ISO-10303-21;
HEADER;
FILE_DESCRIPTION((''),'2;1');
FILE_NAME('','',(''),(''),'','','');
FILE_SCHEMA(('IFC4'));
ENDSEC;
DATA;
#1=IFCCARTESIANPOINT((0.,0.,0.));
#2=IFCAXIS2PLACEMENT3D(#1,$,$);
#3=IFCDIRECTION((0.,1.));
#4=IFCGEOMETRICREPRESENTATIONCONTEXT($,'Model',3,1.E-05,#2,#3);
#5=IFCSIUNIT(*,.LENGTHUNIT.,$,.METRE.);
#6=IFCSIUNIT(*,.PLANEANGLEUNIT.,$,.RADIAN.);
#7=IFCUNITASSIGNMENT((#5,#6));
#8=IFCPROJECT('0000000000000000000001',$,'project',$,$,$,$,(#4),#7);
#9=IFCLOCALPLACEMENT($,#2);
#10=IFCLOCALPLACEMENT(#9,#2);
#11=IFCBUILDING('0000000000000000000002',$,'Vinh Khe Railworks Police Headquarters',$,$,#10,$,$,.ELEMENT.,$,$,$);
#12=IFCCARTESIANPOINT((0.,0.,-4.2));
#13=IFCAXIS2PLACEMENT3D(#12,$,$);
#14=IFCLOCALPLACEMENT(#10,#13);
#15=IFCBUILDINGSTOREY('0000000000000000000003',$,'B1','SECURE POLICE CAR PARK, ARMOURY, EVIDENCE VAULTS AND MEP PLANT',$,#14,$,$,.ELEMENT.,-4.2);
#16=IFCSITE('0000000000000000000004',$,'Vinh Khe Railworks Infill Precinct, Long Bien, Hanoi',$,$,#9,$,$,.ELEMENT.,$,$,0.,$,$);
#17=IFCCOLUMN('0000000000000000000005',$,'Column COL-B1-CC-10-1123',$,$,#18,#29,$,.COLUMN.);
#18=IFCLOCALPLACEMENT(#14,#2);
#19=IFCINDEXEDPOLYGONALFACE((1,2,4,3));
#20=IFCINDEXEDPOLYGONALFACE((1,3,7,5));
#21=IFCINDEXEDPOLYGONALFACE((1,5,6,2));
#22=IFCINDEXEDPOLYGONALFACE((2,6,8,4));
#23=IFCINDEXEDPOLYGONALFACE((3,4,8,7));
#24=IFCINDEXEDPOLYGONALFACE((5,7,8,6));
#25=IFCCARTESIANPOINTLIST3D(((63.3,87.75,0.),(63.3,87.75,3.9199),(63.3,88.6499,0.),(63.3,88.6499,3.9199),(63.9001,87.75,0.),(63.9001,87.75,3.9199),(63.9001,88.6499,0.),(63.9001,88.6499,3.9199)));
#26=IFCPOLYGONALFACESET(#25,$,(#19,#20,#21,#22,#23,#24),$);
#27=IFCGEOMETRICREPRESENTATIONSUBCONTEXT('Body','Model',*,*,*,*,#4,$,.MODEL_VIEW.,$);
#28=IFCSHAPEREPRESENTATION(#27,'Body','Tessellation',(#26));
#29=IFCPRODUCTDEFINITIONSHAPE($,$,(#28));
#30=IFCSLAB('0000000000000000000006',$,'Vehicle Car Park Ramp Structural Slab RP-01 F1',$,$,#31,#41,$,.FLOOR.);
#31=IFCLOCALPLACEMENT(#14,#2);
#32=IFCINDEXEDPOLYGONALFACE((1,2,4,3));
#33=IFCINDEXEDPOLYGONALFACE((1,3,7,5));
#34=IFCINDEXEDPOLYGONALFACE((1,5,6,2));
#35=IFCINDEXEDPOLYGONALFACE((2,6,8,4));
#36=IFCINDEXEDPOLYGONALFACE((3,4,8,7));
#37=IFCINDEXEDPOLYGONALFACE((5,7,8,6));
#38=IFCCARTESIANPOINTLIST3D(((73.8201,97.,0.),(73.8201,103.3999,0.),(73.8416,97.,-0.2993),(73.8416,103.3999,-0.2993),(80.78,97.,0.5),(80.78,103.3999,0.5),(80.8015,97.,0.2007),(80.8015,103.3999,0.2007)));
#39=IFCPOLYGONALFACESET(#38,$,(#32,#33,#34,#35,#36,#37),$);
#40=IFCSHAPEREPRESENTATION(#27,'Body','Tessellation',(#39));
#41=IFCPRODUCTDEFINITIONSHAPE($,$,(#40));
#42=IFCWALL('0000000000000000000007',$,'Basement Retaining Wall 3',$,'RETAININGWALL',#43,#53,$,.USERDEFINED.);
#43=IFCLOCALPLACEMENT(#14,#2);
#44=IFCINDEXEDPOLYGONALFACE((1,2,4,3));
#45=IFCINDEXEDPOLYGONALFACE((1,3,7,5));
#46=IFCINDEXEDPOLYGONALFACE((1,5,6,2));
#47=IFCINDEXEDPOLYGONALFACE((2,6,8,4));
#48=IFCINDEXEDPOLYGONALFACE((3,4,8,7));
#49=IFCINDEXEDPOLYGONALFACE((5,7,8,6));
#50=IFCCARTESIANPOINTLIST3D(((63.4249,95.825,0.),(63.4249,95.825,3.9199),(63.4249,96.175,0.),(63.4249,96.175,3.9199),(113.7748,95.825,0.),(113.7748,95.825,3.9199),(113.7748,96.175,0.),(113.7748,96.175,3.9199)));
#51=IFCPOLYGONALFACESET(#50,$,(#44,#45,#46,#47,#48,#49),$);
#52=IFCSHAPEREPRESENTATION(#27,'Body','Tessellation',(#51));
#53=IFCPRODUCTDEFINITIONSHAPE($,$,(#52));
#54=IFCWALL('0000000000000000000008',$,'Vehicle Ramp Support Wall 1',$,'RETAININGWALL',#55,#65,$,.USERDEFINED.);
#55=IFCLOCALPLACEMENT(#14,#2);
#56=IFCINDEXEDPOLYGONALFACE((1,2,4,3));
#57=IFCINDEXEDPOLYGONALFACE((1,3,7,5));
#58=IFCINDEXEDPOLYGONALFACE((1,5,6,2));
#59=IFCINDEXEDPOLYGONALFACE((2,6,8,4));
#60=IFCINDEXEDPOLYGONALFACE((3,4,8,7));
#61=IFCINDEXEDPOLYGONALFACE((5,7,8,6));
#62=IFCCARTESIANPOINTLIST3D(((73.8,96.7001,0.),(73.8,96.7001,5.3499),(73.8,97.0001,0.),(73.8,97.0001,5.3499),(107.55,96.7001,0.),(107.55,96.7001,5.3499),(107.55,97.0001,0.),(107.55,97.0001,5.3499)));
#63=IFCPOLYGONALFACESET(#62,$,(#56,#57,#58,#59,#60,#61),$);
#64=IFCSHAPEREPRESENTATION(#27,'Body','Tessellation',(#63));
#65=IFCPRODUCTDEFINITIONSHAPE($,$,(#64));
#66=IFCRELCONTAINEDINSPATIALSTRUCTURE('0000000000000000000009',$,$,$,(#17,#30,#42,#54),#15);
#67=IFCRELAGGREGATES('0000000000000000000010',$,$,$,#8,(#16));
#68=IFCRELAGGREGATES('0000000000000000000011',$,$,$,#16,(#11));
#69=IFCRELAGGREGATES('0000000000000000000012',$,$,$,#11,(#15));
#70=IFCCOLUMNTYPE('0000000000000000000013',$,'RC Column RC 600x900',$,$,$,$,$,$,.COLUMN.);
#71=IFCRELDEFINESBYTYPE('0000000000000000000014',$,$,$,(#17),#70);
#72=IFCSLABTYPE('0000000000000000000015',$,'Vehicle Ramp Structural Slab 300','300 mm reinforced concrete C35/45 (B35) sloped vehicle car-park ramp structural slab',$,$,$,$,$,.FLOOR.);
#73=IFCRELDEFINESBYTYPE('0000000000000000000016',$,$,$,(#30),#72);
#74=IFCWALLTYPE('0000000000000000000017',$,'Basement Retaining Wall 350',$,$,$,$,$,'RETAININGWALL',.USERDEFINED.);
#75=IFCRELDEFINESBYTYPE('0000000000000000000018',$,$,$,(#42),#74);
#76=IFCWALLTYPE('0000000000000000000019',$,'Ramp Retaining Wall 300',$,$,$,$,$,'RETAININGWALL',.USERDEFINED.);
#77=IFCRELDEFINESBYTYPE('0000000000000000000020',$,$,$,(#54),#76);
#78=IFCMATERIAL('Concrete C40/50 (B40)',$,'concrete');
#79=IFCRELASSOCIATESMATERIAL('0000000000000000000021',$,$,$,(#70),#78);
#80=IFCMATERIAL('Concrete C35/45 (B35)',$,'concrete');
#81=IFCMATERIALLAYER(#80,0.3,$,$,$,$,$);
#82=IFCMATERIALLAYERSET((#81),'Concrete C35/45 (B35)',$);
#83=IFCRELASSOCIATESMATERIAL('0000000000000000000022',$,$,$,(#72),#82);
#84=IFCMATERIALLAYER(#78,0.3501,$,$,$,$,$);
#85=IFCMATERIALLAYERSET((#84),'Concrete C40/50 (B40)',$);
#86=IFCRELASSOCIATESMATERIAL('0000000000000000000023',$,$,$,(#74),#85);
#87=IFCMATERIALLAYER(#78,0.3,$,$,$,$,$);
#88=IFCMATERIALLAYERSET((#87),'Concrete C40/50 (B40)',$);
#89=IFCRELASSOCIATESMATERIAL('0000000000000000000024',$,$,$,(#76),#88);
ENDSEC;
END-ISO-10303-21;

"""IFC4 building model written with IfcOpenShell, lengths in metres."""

from ifc_helpers import new_model, si_unit, direction, frame, frame_2d, origin, origin_2d, place, context, subcontext, project, spatial, polyline, rectangle, outline, extrude, material, layer, layer_set, material_profile, profile_set, type_object, element, save


model = new_model("IFC4")

# Units and contexts
model_context = context("Model", 3, precision=1e-05, world=origin(), true_north=direction((0.0, 1.0)))
body_context = subcontext(model_context, "Body", "Model", "MODEL_VIEW")
ifc_project = project(units=[si_unit("LENGTHUNIT", "METRE"), si_unit("PLANEANGLEUNIT", "RADIAN")], contexts=[model_context])

# Site, building, storey
site_placement = place(None, origin())
site = spatial("IfcSite", under=ifc_project, at=site_placement, Name="Vinh Khe Railworks Infill Precinct, Long Bien, Hanoi", CompositionType="ELEMENT", RefElevation=0.0)
building_placement = place(site_placement, origin())
building = spatial("IfcBuilding", under=site, at=building_placement, Name="Vinh Khe Railworks Police Headquarters", CompositionType="ELEMENT")
storey_placement = place(building_placement, frame((0.0, 0.0, -4.2)))
storey = spatial("IfcBuildingStorey", under=building, at=storey_placement, Name="B1", Description="SECURE POLICE CAR PARK, ARMOURY, EVIDENCE VAULTS AND MEP PLANT", CompositionType="ELEMENT", Elevation=-4.2)

# Shared definitions
ifc_material_1 = material(Name="Concrete C35/45 (B35)", Category="concrete")

# Column
ifc_material_2 = material(Name="Concrete C40/50 (B40)", Category="concrete")
ifc_material_profile_1 = material_profile(ifc_material_2, rectangle(XDim=0.6001, YDim=0.8999, at=origin_2d()), Name="RC 600x900")
ifc_profile_set_1 = profile_set([ifc_material_profile_1], Name="Concrete C40/50 (B40)")
column_type_1 = type_object("IfcColumnType", Name="RC Column RC 600x900", PredefinedType="COLUMN", material=ifc_profile_set_1)
column_1_placement = place(storey_placement, frame((63.6001, 88.2, 0.0), z_axis=(0.0, 0.0, 1.0), x_axis=(1.0, 0.0, 0.0)))
element("IfcColumn", 1, at=column_1_placement, inside=storey, type_object=column_type_1, Name="Column COL-B1-CC-10-1123", PredefinedType="COLUMN", context=body_context, shape_type="SweptSolid", body=[
    extrude(rectangle(XDim=0.6001, YDim=0.8999, at=origin_2d()), origin(), (0.0, 0.0, 1.0), 3.9199),
])

# Slab
ifc_layer_1 = layer(ifc_material_1, 0.3)
ifc_layer_set_1 = layer_set([ifc_layer_1], Name="Concrete C35/45 (B35)")
slab_type = type_object("IfcSlabType", Name="Vehicle Ramp Structural Slab 300", Description="300 mm reinforced concrete C35/45 (B35) sloped vehicle car-park ramp structural slab", PredefinedType="FLOOR", material=ifc_layer_set_1)
slab_placement = place(storey_placement, frame((73.8201, 97.0, 0.0), z_axis=(-0.071655, 0.0, 0.997429), x_axis=(0.997429, 0.0, 0.071655)))
element("IfcSlab", 2, at=slab_placement, inside=storey, type_object=slab_type, Name="Vehicle Car Park Ramp Structural Slab RP-01 F1", PredefinedType="FLOOR", context=body_context, shape_type="SweptSolid", body=[
    extrude(outline(polyline([(0.0, 0.0), (6.9779, 0.0), (6.9779, 6.3999), (0.0, 6.3999), (0.0, 0.0)])), origin(), (0.0, 0.0, -1.0), 0.3),
])

# Walls
ifc_layer_2 = layer(ifc_material_2, 0.3501)
ifc_layer_set_2 = layer_set([ifc_layer_2], Name="Concrete C40/50 (B40)")
wall_type_1 = type_object("IfcWallType", Name="Basement Retaining Wall 350", ElementType="RETAININGWALL", PredefinedType="USERDEFINED", material=ifc_layer_set_2)
wall_1_placement = place(storey_placement, frame((63.425, 96.0, 0.0), z_axis=(0.0, 0.0, 1.0), x_axis=(1.0, 0.0, 0.0)))
element("IfcWall", 3, at=wall_1_placement, inside=storey, type_object=wall_type_1, Name="Basement Retaining Wall 3", ObjectType="RETAININGWALL", PredefinedType="USERDEFINED", context=body_context, shape_type="SweptSolid", body=[
    extrude(rectangle(XDim=50.3499, YDim=0.3501, at=frame_2d((25.1748, 0.0))), origin(), (0.0, 0.0, 1.0), 3.9199),
])
ifc_layer_3 = layer(ifc_material_2, 0.3)
ifc_layer_set_3 = layer_set([ifc_layer_3], Name="Concrete C40/50 (B40)")
wall_type_2 = type_object("IfcWallType", Name="Ramp Retaining Wall 300", ElementType="RETAININGWALL", PredefinedType="USERDEFINED", material=ifc_layer_set_3)
wall_2_placement = place(storey_placement, frame((73.8, 96.8501, 0.0), z_axis=(0.0, 0.0, 1.0), x_axis=(1.0, 0.0, 0.0)))
element("IfcWall", 4, at=wall_2_placement, inside=storey, type_object=wall_type_2, Name="Vehicle Ramp Support Wall 1", ObjectType="RETAININGWALL", PredefinedType="USERDEFINED", context=body_context, shape_type="SweptSolid", body=[
    extrude(rectangle(XDim=33.75, YDim=0.3, at=frame_2d((16.875, 0.0))), origin(), (0.0, 0.0, 1.0), 5.3499),
])

save(model, "model.ifc")
